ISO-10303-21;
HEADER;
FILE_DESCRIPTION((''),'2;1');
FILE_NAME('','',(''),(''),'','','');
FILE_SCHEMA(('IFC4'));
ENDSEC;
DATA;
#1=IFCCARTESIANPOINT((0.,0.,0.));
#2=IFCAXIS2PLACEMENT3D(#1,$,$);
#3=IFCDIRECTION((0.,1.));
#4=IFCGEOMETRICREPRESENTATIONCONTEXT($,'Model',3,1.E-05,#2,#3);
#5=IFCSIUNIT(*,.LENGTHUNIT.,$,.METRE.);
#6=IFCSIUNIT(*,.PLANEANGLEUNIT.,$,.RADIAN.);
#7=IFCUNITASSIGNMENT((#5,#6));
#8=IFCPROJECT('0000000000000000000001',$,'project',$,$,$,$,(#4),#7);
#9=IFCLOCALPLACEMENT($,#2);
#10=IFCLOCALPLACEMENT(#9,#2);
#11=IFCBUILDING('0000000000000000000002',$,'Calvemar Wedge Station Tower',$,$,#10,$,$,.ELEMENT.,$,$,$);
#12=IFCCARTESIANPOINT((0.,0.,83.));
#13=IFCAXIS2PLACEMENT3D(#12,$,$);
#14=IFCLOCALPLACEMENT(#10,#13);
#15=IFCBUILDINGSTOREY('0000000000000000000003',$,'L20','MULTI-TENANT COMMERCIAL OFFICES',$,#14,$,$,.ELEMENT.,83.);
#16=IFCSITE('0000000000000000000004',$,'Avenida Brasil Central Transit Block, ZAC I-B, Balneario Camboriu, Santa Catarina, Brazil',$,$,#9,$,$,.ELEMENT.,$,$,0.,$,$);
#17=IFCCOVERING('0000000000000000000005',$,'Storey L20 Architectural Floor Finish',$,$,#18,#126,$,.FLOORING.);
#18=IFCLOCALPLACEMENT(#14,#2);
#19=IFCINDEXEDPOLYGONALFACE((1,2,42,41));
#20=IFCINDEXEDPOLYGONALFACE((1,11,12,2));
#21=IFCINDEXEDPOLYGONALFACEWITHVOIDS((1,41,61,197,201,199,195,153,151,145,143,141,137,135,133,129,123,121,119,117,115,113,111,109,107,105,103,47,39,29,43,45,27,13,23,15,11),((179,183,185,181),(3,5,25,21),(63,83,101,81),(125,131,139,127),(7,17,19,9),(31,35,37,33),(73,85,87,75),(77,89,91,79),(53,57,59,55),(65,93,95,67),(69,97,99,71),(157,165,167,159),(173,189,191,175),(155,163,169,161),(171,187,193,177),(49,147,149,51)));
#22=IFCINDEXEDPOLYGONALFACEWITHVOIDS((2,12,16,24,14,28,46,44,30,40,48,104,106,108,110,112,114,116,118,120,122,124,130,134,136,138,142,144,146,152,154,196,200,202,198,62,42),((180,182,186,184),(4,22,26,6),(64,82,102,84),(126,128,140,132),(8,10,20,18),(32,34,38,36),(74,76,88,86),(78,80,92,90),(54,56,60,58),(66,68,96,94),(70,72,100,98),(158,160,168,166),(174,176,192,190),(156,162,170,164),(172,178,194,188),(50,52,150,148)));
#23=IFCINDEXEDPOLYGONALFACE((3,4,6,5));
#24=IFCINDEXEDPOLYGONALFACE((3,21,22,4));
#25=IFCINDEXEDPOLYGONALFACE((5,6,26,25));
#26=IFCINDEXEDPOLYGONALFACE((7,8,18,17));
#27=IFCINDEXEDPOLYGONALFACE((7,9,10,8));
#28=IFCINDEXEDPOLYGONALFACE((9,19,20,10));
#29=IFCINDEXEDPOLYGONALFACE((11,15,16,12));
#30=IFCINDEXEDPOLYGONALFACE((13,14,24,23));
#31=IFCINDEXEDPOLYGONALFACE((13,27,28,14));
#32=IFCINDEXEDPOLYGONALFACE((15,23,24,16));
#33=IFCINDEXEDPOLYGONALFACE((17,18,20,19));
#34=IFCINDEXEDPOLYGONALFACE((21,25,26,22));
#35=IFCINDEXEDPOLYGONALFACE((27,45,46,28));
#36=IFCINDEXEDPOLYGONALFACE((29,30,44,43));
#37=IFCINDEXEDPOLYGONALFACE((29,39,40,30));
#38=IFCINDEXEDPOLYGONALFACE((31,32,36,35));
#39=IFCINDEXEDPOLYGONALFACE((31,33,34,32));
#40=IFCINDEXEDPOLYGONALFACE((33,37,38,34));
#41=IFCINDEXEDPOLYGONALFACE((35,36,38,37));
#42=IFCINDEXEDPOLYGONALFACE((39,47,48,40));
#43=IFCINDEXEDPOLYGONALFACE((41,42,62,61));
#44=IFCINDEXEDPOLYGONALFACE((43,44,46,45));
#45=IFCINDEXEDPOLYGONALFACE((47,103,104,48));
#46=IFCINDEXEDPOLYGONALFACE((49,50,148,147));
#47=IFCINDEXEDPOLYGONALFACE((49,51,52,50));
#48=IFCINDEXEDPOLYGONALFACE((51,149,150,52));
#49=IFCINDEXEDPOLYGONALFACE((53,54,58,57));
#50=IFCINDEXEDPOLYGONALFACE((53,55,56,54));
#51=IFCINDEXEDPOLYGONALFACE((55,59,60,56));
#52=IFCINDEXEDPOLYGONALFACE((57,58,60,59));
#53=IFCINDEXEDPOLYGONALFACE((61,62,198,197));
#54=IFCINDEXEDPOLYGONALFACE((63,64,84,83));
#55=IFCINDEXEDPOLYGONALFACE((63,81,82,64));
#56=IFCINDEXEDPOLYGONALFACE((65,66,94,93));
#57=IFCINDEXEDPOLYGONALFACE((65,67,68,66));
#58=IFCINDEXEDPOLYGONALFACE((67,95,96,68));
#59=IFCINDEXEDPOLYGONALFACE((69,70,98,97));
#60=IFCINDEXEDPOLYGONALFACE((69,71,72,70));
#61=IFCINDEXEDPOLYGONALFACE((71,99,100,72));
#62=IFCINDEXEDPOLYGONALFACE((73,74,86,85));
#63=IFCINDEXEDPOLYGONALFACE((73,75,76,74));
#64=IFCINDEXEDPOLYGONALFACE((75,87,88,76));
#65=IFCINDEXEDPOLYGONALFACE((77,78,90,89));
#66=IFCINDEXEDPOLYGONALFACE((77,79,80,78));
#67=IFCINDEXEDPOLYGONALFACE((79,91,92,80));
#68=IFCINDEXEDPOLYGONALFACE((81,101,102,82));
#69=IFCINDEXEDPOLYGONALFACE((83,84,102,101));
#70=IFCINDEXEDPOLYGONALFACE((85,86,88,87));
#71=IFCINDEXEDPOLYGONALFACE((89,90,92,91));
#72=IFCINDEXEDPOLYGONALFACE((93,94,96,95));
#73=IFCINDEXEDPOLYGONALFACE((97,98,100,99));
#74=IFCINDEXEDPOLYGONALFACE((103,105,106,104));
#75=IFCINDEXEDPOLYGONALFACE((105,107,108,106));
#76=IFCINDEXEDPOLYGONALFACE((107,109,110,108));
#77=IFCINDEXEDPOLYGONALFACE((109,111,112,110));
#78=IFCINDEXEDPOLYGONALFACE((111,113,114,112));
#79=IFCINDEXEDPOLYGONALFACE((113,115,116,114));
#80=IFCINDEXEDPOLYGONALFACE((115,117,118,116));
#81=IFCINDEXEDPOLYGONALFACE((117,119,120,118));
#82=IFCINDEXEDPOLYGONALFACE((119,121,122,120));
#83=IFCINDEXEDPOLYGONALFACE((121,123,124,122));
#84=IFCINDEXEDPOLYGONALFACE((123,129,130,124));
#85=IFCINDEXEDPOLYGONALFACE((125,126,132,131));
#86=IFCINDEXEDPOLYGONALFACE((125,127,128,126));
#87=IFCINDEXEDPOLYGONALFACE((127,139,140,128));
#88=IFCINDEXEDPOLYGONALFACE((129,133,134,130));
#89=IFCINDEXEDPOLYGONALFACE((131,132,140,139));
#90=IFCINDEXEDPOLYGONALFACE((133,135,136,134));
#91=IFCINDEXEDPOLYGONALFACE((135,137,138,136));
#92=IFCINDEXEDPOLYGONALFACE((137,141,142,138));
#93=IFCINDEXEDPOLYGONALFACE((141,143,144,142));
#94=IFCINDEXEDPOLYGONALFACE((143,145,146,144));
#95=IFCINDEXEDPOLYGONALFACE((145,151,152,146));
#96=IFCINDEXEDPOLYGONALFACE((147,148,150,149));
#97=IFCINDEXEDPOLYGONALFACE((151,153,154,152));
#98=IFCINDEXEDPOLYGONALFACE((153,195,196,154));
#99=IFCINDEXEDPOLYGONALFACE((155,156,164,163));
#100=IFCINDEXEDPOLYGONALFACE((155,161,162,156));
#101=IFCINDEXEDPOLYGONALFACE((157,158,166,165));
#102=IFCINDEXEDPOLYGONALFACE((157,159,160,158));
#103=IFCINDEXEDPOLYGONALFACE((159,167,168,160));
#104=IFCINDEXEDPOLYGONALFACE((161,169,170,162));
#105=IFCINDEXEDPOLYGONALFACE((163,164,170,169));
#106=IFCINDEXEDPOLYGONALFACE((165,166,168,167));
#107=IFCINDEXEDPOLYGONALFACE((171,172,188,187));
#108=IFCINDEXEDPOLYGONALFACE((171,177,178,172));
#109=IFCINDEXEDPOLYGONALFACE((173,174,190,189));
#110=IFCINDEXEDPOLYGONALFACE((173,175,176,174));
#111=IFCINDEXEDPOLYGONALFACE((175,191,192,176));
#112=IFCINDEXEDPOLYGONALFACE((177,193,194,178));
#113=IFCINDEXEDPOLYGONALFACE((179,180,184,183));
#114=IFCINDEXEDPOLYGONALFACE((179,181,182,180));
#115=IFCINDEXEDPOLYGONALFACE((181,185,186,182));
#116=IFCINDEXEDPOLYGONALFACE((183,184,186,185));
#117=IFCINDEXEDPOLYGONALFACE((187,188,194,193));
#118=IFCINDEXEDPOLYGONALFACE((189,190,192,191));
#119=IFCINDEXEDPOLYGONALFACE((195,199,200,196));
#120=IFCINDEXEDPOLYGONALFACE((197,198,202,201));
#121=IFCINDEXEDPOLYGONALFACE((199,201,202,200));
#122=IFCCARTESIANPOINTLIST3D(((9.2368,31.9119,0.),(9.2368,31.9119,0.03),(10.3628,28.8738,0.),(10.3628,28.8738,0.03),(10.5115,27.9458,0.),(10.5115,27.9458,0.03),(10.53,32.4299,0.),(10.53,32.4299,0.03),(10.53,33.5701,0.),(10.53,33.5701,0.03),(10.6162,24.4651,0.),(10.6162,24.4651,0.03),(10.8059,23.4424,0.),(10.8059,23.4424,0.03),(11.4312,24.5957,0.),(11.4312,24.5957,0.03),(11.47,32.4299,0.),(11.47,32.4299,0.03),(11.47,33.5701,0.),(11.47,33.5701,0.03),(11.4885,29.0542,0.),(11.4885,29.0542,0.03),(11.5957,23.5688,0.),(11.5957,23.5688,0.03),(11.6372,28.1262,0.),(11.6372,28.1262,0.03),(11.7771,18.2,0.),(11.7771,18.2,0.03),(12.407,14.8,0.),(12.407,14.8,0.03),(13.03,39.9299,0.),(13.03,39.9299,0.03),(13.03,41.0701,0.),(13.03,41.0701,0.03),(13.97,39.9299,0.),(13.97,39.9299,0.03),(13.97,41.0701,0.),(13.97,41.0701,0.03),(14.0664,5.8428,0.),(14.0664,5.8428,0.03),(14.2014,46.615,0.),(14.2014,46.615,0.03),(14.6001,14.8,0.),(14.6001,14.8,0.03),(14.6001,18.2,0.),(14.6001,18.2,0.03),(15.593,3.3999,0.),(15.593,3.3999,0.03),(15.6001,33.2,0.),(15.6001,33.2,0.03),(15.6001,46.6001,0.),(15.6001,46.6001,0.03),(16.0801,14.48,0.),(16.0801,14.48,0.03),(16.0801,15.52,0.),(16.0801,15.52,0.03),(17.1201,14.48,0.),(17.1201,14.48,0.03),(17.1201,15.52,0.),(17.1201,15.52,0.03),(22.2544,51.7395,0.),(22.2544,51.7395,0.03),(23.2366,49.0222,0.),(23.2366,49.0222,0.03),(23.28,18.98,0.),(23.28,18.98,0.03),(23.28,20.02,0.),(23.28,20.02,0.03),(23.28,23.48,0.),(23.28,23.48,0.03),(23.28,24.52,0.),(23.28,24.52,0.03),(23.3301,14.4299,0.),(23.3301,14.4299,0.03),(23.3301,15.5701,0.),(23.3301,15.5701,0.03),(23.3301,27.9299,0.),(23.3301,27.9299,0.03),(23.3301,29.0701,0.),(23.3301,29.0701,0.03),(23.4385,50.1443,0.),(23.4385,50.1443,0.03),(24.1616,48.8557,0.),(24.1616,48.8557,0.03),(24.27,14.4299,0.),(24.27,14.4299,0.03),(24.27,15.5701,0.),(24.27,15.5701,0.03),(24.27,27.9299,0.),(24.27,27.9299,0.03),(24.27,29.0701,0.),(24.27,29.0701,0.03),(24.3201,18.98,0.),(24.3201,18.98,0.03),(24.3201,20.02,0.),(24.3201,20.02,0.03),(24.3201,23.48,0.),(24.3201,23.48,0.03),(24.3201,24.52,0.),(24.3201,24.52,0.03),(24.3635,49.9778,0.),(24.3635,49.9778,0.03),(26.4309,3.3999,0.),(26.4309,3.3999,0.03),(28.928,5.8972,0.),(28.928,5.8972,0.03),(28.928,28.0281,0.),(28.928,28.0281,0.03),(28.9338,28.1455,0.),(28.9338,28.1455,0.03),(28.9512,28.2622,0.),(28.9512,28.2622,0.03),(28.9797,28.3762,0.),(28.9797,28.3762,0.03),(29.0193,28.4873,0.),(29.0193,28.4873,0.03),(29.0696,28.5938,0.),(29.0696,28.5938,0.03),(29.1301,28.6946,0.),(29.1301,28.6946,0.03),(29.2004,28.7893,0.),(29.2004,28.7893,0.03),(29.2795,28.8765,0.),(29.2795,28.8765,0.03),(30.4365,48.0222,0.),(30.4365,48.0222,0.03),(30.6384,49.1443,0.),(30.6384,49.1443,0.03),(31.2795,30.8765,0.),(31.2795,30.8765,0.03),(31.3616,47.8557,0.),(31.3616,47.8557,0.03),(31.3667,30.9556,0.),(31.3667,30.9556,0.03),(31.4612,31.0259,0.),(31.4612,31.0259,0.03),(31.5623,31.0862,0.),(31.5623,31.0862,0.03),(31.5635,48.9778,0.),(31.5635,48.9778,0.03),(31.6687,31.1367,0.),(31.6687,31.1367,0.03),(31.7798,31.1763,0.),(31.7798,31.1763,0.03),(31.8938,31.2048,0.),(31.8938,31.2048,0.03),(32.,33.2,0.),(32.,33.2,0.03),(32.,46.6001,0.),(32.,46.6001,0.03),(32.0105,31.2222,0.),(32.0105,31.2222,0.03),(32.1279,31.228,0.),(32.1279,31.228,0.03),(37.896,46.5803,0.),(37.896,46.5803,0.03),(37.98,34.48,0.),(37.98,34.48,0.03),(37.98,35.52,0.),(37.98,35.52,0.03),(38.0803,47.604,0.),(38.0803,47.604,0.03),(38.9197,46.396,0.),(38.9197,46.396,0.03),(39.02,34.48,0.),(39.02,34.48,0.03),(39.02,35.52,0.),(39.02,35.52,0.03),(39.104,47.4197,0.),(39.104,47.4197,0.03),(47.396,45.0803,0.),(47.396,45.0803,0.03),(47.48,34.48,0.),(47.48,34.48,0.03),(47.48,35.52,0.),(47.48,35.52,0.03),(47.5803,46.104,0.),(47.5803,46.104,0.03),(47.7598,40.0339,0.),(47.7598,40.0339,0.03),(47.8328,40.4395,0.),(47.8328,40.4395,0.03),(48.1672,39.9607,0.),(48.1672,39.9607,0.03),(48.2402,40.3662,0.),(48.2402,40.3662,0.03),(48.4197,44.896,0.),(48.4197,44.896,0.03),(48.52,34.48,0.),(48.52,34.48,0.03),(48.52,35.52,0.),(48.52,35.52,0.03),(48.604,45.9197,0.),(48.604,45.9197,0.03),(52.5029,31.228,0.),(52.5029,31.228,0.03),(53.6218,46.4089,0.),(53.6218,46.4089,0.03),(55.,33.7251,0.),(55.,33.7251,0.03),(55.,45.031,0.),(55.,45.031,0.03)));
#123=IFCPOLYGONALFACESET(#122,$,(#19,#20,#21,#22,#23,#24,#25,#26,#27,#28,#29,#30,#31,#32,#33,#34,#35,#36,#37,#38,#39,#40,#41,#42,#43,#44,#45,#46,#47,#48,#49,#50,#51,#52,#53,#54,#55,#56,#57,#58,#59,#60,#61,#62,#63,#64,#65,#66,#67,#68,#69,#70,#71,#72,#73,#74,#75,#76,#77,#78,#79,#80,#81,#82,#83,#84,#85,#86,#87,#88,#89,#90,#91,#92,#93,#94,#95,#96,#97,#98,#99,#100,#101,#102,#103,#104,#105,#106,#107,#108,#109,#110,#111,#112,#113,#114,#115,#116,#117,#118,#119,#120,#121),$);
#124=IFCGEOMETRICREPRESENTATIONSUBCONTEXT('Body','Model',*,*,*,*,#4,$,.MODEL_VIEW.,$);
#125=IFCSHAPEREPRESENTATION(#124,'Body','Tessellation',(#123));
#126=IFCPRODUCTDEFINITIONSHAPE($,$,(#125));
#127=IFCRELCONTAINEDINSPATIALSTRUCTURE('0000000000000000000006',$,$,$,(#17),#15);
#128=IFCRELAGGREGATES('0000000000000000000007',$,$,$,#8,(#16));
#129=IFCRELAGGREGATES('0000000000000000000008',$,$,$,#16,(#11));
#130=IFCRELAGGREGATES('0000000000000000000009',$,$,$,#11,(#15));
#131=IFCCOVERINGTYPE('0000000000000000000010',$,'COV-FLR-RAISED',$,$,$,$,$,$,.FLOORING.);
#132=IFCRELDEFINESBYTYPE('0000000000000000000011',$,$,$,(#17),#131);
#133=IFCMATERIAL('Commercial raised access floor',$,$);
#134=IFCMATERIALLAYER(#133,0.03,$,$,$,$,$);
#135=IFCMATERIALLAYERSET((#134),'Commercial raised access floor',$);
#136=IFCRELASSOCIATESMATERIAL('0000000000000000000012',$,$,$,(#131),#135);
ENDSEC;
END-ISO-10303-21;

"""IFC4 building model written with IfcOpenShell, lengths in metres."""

from ifc_helpers import new_model, si_unit, direction, frame, origin, place, context, subcontext, project, spatial, polyline, outline, extrude, material, layer, layer_set, type_object, element, save


model = new_model("IFC4")

# Units and contexts
model_context = context("Model", 3, precision=1e-05, world=origin(), true_north=direction((0.0, 1.0)))
body_context = subcontext(model_context, "Body", "Model", "MODEL_VIEW")
ifc_project = project(units=[si_unit("LENGTHUNIT", "METRE"), si_unit("PLANEANGLEUNIT", "RADIAN")], contexts=[model_context])

# Site, building, storey
site_placement = place(None, origin())
site = spatial("IfcSite", under=ifc_project, at=site_placement, Name="Avenida Brasil Central Transit Block, ZAC I-B, Balneario Camboriu, Santa Catarina, Brazil", CompositionType="ELEMENT", RefElevation=0.0)
building_placement = place(site_placement, origin())
building = spatial("IfcBuilding", under=site, at=building_placement, Name="Calvemar Wedge Station Tower", CompositionType="ELEMENT")
storey_placement = place(building_placement, frame((0.0, 0.0, 83.0)))
storey = spatial("IfcBuildingStorey", under=building, at=storey_placement, Name="L20", Description="MULTI-TENANT COMMERCIAL OFFICES", CompositionType="ELEMENT", Elevation=83.0)

# Covering
ifc_material_1 = material(Name="Commercial raised access floor")
ifc_layer_1 = layer(ifc_material_1, 0.03)
ifc_layer_set_1 = layer_set([ifc_layer_1], Name="Commercial raised access floor")
covering_type_1 = type_object("IfcCoveringType", Name="COV-FLR-RAISED", PredefinedType="FLOORING", material=ifc_layer_set_1)
covering_1_placement = place(storey_placement, origin())
element("IfcCovering", 1, at=covering_1_placement, inside=storey, type_object=covering_type_1, Name="Storey L20 Architectural Floor Finish", PredefinedType="FLOORING", context=body_context, shape_type="SweptSolid", body=[
    extrude(outline(polyline([(29.2795, 28.8765), (31.2795, 30.8765), (31.3667, 30.9556), (31.4612, 31.0259), (31.5623, 31.0862), (31.6687, 31.1367), (31.7798, 31.1763), (31.8938, 31.2048), (32.0105, 31.2222), (32.1279, 31.228), (52.5029, 31.228), (55.0, 33.7251), (55.0, 45.031), (53.6218, 46.4089), (22.2544, 51.7395), (14.2014, 46.615), (9.2368, 31.9119), (10.6162, 24.4651), (11.4312, 24.5957), (11.5957, 23.5688), (10.8059, 23.4424), (11.7771, 18.2), (14.6001, 18.2), (14.6001, 14.8), (12.407, 14.8), (14.0664, 5.8428), (15.593, 3.3999), (26.4309, 3.3999), (28.928, 5.8972), (28.928, 28.0281), (28.9338, 28.1455), (28.9512, 28.2622), (28.9797, 28.3762), (29.0193, 28.4873), (29.0696, 28.5938), (29.1301, 28.6946), (29.2004, 28.7893), (29.2795, 28.8765)]), holes=[polyline([(15.6001, 46.6001), (32.0, 46.6001), (32.0, 33.2), (15.6001, 33.2), (15.6001, 46.6001)]), polyline([(10.53, 32.4299), (10.53, 33.5701), (11.47, 33.5701), (11.47, 32.4299), (10.53, 32.4299)]), polyline([(13.03, 41.0701), (13.97, 41.0701), (13.97, 39.9299), (13.03, 39.9299), (13.03, 41.0701)]), polyline([(24.3635, 49.9778), (24.1616, 48.8557), (23.2366, 49.0222), (23.4385, 50.1443), (24.3635, 49.9778)]), polyline([(31.3616, 47.8557), (30.4365, 48.0222), (30.6384, 49.1443), (31.5635, 48.9778), (31.3616, 47.8557)]), polyline([(37.896, 46.5803), (38.0803, 47.604), (39.104, 47.4197), (38.9197, 46.396), (37.896, 46.5803)]), polyline([(47.5803, 46.104), (48.604, 45.9197), (48.4197, 44.896), (47.396, 45.0803), (47.5803, 46.104)]), polyline([(39.02, 35.52), (39.02, 34.48), (37.98, 34.48), (37.98, 35.52), (39.02, 35.52)]), polyline([(48.52, 34.48), (47.48, 34.48), (47.48, 35.52), (48.52, 35.52), (48.52, 34.48)]), polyline([(47.7598, 40.0339), (47.8328, 40.4395), (48.2402, 40.3662), (48.1672, 39.9607), (47.7598, 40.0339)]), polyline([(11.4885, 29.0542), (11.6372, 28.1262), (10.5115, 27.9458), (10.3628, 28.8738), (11.4885, 29.0542)]), polyline([(24.27, 27.9299), (23.3301, 27.9299), (23.3301, 29.0701), (24.27, 29.0701), (24.27, 27.9299)]), polyline([(23.28, 23.48), (23.28, 24.52), (24.3201, 24.52), (24.3201, 23.48), (23.28, 23.48)]), polyline([(23.28, 20.02), (24.3201, 20.02), (24.3201, 18.98), (23.28, 18.98), (23.28, 20.02)]), polyline([(24.27, 15.5701), (24.27, 14.4299), (23.3301, 14.4299), (23.3301, 15.5701), (24.27, 15.5701)]), polyline([(17.1201, 14.48), (16.0801, 14.48), (16.0801, 15.52), (17.1201, 15.52), (17.1201, 14.48)])]), origin(), (0.0, 0.0, 1.0), 0.03),
])

save(model, "model.ifc")
